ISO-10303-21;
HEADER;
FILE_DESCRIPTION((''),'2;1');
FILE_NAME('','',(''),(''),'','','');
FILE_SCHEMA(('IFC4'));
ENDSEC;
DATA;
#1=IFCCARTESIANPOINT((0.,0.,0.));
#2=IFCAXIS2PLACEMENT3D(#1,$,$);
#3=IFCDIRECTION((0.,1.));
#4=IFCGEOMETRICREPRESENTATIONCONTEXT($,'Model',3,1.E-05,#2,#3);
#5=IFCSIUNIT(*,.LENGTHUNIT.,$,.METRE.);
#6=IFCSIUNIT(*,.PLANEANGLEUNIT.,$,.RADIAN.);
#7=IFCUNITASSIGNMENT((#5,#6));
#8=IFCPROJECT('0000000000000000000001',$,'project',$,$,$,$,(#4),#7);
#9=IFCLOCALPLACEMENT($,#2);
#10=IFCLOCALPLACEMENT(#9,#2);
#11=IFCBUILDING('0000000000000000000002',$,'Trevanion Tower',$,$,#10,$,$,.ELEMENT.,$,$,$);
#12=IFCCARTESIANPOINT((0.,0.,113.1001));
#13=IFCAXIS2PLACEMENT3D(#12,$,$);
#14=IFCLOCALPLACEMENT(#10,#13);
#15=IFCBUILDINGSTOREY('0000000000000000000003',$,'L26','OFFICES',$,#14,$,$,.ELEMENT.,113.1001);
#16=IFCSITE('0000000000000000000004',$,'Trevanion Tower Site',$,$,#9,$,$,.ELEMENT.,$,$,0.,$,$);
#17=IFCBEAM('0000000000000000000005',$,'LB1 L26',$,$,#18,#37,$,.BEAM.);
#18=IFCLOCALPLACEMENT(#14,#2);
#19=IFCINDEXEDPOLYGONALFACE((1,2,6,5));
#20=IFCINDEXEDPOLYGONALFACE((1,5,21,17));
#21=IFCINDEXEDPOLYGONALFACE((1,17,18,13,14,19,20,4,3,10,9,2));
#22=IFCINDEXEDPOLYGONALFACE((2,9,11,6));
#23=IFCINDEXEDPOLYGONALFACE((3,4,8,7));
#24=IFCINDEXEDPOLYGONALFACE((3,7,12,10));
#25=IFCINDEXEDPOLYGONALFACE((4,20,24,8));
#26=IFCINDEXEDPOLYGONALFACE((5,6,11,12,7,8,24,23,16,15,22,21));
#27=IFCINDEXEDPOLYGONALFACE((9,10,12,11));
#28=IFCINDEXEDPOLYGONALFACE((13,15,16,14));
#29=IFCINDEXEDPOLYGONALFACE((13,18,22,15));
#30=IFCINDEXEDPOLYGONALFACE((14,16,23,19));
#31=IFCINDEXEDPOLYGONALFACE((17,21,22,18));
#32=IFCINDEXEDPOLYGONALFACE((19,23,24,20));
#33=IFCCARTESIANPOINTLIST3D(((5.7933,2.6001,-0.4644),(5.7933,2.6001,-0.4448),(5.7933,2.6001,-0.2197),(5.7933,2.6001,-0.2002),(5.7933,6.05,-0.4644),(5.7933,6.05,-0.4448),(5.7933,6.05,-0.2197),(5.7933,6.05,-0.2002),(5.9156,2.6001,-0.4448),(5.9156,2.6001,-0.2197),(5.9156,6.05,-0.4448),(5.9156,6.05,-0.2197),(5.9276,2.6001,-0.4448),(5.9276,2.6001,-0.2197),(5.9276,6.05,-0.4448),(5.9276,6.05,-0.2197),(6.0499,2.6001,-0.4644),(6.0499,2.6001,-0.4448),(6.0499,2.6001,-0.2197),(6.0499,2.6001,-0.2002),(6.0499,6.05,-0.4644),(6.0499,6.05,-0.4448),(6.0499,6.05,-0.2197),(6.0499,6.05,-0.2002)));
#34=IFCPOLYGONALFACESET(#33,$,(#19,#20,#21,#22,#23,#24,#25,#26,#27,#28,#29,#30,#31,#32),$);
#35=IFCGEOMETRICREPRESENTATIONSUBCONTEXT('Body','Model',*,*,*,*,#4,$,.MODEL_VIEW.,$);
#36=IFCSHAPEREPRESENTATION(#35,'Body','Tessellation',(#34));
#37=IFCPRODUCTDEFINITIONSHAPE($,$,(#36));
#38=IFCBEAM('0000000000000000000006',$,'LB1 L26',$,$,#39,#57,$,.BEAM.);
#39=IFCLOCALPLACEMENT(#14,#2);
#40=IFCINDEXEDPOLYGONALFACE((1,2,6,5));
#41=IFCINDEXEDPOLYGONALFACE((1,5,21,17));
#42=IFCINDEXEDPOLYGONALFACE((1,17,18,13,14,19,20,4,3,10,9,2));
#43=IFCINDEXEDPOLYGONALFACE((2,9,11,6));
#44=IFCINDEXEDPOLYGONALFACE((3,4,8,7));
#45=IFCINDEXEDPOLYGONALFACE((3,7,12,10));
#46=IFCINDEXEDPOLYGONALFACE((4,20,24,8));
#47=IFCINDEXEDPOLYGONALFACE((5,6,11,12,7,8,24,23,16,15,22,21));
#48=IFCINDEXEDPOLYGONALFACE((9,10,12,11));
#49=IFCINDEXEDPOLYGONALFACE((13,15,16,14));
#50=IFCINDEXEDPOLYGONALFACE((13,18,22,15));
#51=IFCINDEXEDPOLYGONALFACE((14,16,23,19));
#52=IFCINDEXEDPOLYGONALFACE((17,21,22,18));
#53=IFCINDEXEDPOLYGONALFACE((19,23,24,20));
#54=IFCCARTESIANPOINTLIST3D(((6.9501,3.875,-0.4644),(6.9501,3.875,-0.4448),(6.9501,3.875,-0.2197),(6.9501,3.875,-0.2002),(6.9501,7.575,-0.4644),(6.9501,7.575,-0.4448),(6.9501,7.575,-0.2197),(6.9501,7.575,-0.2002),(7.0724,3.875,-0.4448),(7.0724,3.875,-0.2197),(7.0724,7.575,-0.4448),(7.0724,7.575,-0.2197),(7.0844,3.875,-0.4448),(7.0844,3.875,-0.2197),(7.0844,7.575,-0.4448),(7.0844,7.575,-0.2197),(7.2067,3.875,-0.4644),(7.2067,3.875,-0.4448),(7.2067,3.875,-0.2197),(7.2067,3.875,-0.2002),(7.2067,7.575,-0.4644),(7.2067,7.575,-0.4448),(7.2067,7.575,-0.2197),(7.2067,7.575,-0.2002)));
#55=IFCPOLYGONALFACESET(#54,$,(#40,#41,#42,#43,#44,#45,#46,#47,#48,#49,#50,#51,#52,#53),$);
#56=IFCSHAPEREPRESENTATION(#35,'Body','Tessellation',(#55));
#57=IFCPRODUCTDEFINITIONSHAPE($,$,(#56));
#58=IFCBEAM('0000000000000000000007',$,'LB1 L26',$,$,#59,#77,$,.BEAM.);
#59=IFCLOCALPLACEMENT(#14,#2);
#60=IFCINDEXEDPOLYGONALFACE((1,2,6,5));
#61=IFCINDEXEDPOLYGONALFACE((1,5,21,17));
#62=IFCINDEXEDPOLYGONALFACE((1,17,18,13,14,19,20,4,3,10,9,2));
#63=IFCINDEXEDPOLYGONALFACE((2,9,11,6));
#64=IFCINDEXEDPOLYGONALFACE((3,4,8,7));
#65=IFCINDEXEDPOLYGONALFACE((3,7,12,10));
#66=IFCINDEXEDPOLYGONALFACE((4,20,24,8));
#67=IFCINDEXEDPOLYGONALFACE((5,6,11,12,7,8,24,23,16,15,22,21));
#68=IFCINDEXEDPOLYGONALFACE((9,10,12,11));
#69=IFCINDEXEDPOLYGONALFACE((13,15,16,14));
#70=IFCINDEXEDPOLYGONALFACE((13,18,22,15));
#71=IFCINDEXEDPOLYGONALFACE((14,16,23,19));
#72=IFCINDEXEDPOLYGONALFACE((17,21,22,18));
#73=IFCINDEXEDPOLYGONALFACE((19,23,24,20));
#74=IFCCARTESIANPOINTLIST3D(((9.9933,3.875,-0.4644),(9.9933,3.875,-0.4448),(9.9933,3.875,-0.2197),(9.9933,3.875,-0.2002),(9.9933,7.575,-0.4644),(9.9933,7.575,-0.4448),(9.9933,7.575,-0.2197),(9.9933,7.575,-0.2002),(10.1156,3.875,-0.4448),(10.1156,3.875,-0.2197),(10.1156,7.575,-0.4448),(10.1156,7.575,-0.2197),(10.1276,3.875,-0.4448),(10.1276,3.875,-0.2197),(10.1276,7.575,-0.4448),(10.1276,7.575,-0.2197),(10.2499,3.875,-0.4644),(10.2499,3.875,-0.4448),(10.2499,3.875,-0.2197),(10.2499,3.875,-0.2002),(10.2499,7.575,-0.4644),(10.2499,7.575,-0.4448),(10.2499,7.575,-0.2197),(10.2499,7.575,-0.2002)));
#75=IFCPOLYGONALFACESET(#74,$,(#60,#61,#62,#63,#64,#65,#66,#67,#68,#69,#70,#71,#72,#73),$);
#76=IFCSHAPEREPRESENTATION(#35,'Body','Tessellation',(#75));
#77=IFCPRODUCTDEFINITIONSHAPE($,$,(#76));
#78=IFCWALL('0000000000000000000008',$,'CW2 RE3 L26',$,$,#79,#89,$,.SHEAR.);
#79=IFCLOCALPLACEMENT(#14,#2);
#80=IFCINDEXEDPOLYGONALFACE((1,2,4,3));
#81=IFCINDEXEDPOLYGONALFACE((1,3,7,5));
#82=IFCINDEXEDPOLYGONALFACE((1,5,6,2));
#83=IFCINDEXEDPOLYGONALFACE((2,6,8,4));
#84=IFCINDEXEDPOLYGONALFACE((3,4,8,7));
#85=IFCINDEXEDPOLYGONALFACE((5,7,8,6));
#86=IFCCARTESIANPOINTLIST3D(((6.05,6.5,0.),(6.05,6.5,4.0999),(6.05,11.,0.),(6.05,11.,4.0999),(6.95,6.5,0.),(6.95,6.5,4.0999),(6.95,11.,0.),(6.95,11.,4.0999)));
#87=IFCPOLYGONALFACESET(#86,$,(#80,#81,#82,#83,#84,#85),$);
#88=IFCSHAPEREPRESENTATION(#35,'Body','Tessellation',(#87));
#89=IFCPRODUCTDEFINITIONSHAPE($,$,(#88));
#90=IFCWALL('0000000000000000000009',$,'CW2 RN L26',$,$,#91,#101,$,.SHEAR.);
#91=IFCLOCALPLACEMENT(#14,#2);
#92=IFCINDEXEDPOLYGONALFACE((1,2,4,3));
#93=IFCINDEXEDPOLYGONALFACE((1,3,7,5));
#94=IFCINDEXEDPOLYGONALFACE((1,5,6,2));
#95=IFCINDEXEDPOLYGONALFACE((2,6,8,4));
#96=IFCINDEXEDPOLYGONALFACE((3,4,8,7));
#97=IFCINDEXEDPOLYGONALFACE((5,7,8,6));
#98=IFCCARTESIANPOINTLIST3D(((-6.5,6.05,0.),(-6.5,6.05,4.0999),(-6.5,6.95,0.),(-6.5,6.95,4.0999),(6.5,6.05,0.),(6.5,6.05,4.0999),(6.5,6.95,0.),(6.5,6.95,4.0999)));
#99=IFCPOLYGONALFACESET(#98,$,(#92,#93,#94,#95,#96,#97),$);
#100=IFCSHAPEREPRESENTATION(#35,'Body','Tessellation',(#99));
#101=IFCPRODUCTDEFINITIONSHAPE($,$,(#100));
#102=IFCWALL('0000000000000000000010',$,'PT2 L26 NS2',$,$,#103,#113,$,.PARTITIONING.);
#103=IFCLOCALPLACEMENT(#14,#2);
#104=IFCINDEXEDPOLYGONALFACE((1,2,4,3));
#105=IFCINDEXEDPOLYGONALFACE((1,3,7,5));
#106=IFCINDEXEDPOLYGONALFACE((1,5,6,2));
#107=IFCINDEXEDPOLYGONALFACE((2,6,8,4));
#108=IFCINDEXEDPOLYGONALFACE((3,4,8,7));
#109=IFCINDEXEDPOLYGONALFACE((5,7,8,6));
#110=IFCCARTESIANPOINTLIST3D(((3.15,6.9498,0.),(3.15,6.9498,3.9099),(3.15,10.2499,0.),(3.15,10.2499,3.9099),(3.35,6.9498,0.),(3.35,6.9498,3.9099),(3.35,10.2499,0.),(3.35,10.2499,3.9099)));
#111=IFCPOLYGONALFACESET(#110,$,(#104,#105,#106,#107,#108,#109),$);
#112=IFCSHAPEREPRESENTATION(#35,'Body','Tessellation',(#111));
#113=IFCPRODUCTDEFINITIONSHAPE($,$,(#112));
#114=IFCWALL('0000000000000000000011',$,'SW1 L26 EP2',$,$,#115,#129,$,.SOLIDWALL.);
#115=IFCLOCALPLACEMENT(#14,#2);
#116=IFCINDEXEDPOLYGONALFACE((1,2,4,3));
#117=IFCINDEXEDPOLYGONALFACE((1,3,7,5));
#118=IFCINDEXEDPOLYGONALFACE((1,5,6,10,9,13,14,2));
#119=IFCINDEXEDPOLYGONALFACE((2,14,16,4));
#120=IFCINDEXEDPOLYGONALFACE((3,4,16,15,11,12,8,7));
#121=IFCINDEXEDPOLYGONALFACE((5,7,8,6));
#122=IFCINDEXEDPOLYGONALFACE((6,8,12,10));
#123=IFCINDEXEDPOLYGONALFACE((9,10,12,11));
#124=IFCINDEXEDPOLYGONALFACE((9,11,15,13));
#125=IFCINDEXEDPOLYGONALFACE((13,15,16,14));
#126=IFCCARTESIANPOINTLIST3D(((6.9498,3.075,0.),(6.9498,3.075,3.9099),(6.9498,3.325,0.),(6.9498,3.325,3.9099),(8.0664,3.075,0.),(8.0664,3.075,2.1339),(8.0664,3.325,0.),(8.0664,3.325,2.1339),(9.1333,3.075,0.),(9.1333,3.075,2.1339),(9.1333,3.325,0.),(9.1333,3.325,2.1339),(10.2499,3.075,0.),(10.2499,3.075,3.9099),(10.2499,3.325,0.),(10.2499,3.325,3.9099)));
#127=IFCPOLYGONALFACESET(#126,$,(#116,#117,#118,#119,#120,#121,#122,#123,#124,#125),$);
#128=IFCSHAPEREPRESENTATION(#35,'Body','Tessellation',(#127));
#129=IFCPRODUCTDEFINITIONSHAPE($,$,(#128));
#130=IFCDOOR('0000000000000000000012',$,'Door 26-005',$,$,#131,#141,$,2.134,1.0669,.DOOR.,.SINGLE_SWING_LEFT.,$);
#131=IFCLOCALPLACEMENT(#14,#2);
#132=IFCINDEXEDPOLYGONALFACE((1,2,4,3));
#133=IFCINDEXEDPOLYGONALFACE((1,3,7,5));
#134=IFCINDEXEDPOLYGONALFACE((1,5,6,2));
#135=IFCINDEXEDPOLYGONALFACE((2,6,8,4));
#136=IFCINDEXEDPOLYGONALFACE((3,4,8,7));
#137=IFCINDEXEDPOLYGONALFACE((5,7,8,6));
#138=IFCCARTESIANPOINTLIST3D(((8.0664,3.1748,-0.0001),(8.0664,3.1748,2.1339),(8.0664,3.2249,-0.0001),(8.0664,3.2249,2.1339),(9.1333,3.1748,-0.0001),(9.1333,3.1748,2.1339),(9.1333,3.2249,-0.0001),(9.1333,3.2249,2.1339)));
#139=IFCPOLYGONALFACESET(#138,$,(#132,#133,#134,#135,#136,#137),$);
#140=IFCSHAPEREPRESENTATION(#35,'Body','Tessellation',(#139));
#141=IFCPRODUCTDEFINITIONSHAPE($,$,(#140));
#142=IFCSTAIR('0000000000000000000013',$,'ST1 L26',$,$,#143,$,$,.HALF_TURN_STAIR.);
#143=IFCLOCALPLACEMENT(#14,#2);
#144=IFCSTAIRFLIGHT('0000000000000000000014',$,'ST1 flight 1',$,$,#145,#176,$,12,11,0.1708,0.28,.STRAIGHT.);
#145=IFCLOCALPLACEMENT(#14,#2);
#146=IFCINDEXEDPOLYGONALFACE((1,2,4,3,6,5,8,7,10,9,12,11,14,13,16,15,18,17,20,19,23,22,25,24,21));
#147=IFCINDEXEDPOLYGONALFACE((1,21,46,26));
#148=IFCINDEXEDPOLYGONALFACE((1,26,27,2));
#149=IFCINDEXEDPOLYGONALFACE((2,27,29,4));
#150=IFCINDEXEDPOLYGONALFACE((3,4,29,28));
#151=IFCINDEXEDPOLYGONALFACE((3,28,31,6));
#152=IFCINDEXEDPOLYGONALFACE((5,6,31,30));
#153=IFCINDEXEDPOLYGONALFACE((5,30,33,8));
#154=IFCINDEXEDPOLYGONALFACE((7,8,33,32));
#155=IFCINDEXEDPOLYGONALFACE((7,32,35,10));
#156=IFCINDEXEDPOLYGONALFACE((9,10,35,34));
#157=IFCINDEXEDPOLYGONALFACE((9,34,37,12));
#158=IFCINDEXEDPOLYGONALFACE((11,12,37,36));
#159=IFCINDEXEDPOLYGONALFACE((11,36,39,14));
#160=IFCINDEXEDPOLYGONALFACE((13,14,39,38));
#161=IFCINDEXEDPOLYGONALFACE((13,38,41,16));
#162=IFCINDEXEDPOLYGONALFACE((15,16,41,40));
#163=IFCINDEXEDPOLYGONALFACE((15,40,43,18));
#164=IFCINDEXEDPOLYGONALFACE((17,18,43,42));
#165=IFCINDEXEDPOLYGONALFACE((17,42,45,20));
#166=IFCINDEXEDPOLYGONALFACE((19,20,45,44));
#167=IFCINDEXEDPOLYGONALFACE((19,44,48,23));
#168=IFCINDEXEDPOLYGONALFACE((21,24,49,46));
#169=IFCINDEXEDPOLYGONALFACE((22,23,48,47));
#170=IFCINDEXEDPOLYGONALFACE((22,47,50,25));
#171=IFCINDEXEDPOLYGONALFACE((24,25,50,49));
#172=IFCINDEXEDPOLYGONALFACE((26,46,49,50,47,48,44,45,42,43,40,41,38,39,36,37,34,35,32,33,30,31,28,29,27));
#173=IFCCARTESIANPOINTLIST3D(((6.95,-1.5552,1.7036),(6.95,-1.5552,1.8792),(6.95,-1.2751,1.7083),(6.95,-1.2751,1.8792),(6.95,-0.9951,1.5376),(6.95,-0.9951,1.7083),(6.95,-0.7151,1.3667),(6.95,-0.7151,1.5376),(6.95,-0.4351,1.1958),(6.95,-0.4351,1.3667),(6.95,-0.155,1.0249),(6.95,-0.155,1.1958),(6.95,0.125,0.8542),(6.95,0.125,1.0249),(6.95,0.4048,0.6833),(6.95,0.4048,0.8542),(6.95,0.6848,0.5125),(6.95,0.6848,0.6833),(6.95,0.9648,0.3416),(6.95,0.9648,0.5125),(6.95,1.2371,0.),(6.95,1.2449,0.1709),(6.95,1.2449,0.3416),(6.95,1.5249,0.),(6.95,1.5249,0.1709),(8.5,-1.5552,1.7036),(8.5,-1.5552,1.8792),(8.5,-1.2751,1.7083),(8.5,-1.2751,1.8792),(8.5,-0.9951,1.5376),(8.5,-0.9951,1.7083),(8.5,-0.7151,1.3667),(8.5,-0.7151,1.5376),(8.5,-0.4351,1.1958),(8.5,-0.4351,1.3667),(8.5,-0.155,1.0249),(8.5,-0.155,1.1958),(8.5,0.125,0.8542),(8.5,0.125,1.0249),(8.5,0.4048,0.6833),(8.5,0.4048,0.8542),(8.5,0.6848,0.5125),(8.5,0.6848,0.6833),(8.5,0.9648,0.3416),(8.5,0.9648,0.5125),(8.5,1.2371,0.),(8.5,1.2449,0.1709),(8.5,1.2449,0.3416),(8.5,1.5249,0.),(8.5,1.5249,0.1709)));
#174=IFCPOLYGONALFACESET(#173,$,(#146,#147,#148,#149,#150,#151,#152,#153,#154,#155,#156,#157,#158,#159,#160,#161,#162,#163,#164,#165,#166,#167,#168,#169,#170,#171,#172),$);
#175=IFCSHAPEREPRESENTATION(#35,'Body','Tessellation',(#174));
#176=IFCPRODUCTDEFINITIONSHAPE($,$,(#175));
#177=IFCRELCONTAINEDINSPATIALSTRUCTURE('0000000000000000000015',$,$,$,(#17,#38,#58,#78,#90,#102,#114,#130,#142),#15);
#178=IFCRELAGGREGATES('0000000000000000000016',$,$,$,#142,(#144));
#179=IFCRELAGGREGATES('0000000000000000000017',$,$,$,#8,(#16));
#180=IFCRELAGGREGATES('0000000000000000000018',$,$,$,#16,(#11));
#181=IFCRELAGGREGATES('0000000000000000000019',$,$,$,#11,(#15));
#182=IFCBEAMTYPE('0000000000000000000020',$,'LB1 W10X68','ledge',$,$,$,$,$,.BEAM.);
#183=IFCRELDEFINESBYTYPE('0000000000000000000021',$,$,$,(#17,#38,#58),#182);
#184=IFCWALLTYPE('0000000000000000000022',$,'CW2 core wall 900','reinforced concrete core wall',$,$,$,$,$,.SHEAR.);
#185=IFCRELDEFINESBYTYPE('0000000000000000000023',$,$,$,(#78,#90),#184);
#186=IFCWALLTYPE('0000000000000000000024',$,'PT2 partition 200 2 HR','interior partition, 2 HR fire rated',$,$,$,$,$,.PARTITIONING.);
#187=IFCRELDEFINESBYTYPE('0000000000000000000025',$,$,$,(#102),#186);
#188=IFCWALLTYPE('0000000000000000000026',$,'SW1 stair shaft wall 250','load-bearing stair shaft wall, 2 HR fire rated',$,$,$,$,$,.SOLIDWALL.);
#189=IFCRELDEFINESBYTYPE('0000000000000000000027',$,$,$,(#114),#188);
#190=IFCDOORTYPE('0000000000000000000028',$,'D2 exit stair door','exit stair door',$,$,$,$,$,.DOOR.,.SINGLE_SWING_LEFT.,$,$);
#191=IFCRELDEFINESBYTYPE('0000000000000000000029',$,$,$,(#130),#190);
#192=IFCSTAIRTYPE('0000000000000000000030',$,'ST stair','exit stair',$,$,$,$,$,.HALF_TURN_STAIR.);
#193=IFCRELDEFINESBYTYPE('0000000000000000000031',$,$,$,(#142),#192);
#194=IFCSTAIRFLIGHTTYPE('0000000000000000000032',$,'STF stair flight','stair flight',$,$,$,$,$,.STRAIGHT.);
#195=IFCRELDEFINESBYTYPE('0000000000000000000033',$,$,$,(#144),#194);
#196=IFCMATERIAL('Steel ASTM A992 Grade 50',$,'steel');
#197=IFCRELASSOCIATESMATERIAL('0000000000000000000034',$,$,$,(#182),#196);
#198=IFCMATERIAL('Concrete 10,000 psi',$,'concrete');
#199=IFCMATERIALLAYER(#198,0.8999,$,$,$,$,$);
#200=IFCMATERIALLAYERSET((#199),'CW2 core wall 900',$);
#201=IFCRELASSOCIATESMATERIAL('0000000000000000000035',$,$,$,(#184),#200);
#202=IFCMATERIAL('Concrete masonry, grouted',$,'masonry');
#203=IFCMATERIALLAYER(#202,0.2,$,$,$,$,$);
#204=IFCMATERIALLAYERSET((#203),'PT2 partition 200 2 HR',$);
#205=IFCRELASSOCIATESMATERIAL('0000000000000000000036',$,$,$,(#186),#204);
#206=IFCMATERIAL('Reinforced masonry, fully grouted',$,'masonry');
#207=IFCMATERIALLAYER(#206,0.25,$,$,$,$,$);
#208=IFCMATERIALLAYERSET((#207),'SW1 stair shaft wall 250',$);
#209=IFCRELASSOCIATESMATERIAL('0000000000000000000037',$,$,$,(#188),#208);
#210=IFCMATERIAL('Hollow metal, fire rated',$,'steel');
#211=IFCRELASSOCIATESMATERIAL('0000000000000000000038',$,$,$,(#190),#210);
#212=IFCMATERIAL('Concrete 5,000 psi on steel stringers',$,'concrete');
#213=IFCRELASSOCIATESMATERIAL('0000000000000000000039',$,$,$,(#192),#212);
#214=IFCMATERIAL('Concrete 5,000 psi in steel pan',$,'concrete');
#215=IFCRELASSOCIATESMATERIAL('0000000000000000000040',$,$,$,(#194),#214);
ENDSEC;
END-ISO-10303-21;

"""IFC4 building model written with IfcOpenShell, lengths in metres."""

from ifc_helpers import new_model, si_unit, direction, frame, frame_2d, origin, origin_2d, place, context, subcontext, project, spatial, polyline, rectangle, i_section, outline, extrude, material, layer, layer_set, material_profile, profile_set, type_object, element, fill, aggregate, save


model = new_model("IFC4")

# Units and contexts
model_context = context("Model", 3, precision=1e-05, world=origin(), true_north=direction((0.0, 1.0)))
body_context = subcontext(model_context, "Body", "Model", "MODEL_VIEW")
ifc_project = project(units=[si_unit("LENGTHUNIT", "METRE"), si_unit("PLANEANGLEUNIT", "RADIAN")], contexts=[model_context])

# Site, building, storey
site_placement = place(None, origin())
site = spatial("IfcSite", under=ifc_project, at=site_placement, Name="Trevanion Tower Site", CompositionType="ELEMENT", RefElevation=0.0)
building_placement = place(site_placement, origin())
building = spatial("IfcBuilding", under=site, at=building_placement, Name="Trevanion Tower", CompositionType="ELEMENT")
storey_placement = place(building_placement, frame((0.0, 0.0, 113.1001)))
storey = spatial("IfcBuildingStorey", under=building, at=storey_placement, Name="L26", Description="OFFICES", CompositionType="ELEMENT", Elevation=113.1001)

# Beams
ifc_material_1 = material(Name="Steel ASTM A992 Grade 50", Category="steel")
ifc_material_profile = material_profile(ifc_material_1, i_section(OverallWidth=0.2566, OverallDepth=0.2642, WebThickness=0.012, FlangeThickness=0.0195, at=origin_2d()), Name="W10X68")
ifc_profile_set = profile_set([ifc_material_profile], Name="Steel ASTM A992 Grade 50")
beam_type = type_object("IfcBeamType", Name="LB1 W10X68", Description="ledge", PredefinedType="BEAM", material=ifc_profile_set)
beam_placement = place(storey_placement, frame((5.9216, 2.6001, -0.3323), z_axis=(0.0, 1.0, 0.0), x_axis=(-1.0, 0.0, 0.0)))
element("IfcBeam", 1, at=beam_placement, inside=storey, type_object=beam_type, Name="LB1 L26", PredefinedType="BEAM", context=body_context, shape_type="SweptSolid", body=[
    extrude(i_section(OverallWidth=0.2566, OverallDepth=0.2642, WebThickness=0.012, FlangeThickness=0.0195, at=origin_2d()), origin(), (0.0, 0.0, 1.0), 3.45),
])
for number, where, z_axis, x_axis, name in (
    (2, (7.0784, 3.875, -0.3323), (0.0, 1.0, 0.0), (-1.0, 0.0, 0.0), "LB1 L26"),
    (3, (10.1216, 3.875, -0.3323), (0.0, 1.0, 0.0), (-1.0, 0.0, 0.0), "LB1 L26"),
):
    element("IfcBeam", number, at=place(storey_placement, frame(where, z_axis=z_axis, x_axis=x_axis)), inside=storey, type_object=beam_type, Name=name, PredefinedType="BEAM", context=body_context, shape_type="SweptSolid", body=[
        extrude(i_section(OverallWidth=0.2566, OverallDepth=0.2642, WebThickness=0.012, FlangeThickness=0.0195, at=origin_2d()), origin(), (0.0, 0.0, 1.0), 3.7),
    ])

# Walls
ifc_material_2 = material(Name="Concrete 10,000 psi", Category="concrete")
ifc_layer_1 = layer(ifc_material_2, 0.8999)
ifc_layer_set_1 = layer_set([ifc_layer_1], Name="CW2 core wall 900")
wall_type_1 = type_object("IfcWallType", Name="CW2 core wall 900", Description="reinforced concrete core wall", PredefinedType="SHEAR", material=ifc_layer_set_1)
wall_1_placement = place(storey_placement, frame((6.5, 6.5, 0.0), z_axis=(0.0, 0.0, 1.0), x_axis=(0.0, 1.0, 0.0)))
element("IfcWall", 4, at=wall_1_placement, inside=storey, type_object=wall_type_1, Name="CW2 RE3 L26", PredefinedType="SHEAR", context=body_context, shape_type="SweptSolid", body=[
    extrude(rectangle(XDim=4.5, YDim=0.8999, at=frame_2d((2.25, 0.0))), origin(), (0.0, 0.0, 1.0), 4.0999),
])
wall_2_placement = place(storey_placement, frame((6.5, 6.5, 0.0), z_axis=(0.0, 0.0, 1.0), x_axis=(-1.0, 0.0, 0.0)))
element("IfcWall", 5, at=wall_2_placement, inside=storey, type_object=wall_type_1, Name="CW2 RN L26", PredefinedType="SHEAR", context=body_context, shape_type="SweptSolid", body=[
    extrude(rectangle(XDim=13.0, YDim=0.8999, at=frame_2d((6.5, 0.0))), origin(), (0.0, 0.0, 1.0), 4.0999),
])
ifc_material_3 = material(Name="Concrete masonry, grouted", Category="masonry")
ifc_layer_2 = layer(ifc_material_3, 0.2)
ifc_layer_set_2 = layer_set([ifc_layer_2], Name="PT2 partition 200 2 HR")
wall_type_2 = type_object("IfcWallType", Name="PT2 partition 200 2 HR", Description="interior partition, 2 HR fire rated", PredefinedType="PARTITIONING", material=ifc_layer_set_2)
wall_3_placement = place(storey_placement, frame((3.25, 6.95, 0.0), z_axis=(0.0, 0.0, 1.0), x_axis=(0.0, 1.0, 0.0)))
element("IfcWall", 6, at=wall_3_placement, inside=storey, type_object=wall_type_2, Name="PT2 L26 NS2", PredefinedType="PARTITIONING", context=body_context, shape_type="SweptSolid", body=[
    extrude(rectangle(XDim=3.3, YDim=0.2, at=frame_2d((1.6499, 0.0))), origin(), (0.0, 0.0, 1.0), 3.9099),
])

# Wall, opening, door
ifc_material_4 = material(Name="Reinforced masonry, fully grouted", Category="masonry")
ifc_layer_3 = layer(ifc_material_4, 0.25)
ifc_layer_set_3 = layer_set([ifc_layer_3], Name="SW1 stair shaft wall 250")
wall_type_3 = type_object("IfcWallType", Name="SW1 stair shaft wall 250", Description="load-bearing stair shaft wall, 2 HR fire rated", PredefinedType="SOLIDWALL", material=ifc_layer_set_3)
wall_4_placement = place(storey_placement, frame((6.95, 3.2, 0.0), z_axis=(0.0, 0.0, 1.0), x_axis=(1.0, 0.0, 0.0)))
wall_4 = element("IfcWall", 7, at=wall_4_placement, inside=storey, type_object=wall_type_3, Name="SW1 L26 EP2", PredefinedType="SOLIDWALL", context=body_context, shape_type="SweptSolid", body=[
    extrude(rectangle(XDim=3.3, YDim=0.25, at=frame_2d((1.6499, 0.0))), origin(), (0.0, 0.0, 1.0), 3.9099),
])
opening_placement = place(wall_4_placement, frame((1.1165, 0.0, 0.0)))
opening = element("IfcOpeningElement", 8, at=opening_placement, cuts=wall_4, PredefinedType="OPENING", context=body_context, shape_type="SweptSolid", body=[
    extrude(rectangle(XDim=1.0669, YDim=2.134, at=frame_2d((0.5334, 1.0669))), frame((0.0, 0.135, 0.0), z_axis=(0.0, -1.0, 0.0), x_axis=(1.0, 0.0, 0.0)), (0.0, 0.0, 1.0), 0.27),
])
ifc_material_5 = material(Name="Hollow metal, fire rated", Category="steel")
door_type = type_object("IfcDoorType", Name="D2 exit stair door", Description="exit stair door", OperationType="SINGLE_SWING_LEFT", PredefinedType="DOOR", material=ifc_material_5)
door_placement = place(opening_placement, origin())
door = element("IfcDoor", 9, at=door_placement, inside=storey, type_object=door_type, Name="Door 26-005", OperationType="SINGLE_SWING_LEFT", OverallHeight=2.134, OverallWidth=1.0669, PredefinedType="DOOR", context=body_context, shape_type="SweptSolid", body=[
    extrude(rectangle(XDim=1.0669, YDim=2.134, at=frame_2d((0.5334, 1.0669))), frame((0.0, 0.0249, 0.0), z_axis=(0.0, -1.0, 0.0), x_axis=(1.0, 0.0, 0.0)), (0.0, 0.0, 1.0), 0.05),
])
fill(opening, door)

# Stair, stair flight
ifc_material_6 = material(Name="Concrete 5,000 psi on steel stringers", Category="concrete")
stair_type = type_object("IfcStairType", Name="ST stair", Description="exit stair", PredefinedType="HALF_TURN_STAIR", material=ifc_material_6)
stair_placement = place(storey_placement, origin())
stair = element("IfcStair", 10, at=stair_placement, inside=storey, type_object=stair_type, Name="ST1 L26", PredefinedType="HALF_TURN_STAIR")
ifc_material_7 = material(Name="Concrete 5,000 psi in steel pan", Category="concrete")
stair_flight_type = type_object("IfcStairFlightType", Name="STF stair flight", Description="stair flight", PredefinedType="STRAIGHT", material=ifc_material_7)
stair_flight_placement = place(storey_placement, frame((7.7251, 1.5249, 0.0), z_axis=(0.0, 0.0, 1.0), x_axis=(0.0, -1.0, 0.0)))
stair_flight = element("IfcStairFlight", 11, at=stair_flight_placement, type_object=stair_flight_type, Name="ST1 flight 1", NumberOfRisers=12, NumberOfTreads=11, PredefinedType="STRAIGHT", RiserHeight=0.1708, TreadLength=0.28, context=body_context, shape_type="SweptSolid", body=[
    extrude(outline(polyline([(0.0, 0.0), (0.0, 0.1709), (0.28, 0.1709), (0.28, 0.3416), (0.5601, 0.3416), (0.5601, 0.5125), (0.8401, 0.5125), (0.8401, 0.6833), (1.1201, 0.6833), (1.1201, 0.8542), (1.3999, 0.8542), (1.3999, 1.0249), (1.6799, 1.0249), (1.6799, 1.1958), (1.96, 1.1958), (1.96, 1.3667), (2.24, 1.3667), (2.24, 1.5376), (2.52, 1.5376), (2.52, 1.7083), (2.8, 1.7083), (2.8, 1.8792), (3.0801, 1.8792), (3.0801, 2.05), (3.0801, 1.7036), (0.2878, 0.0), (0.0, 0.0)])), frame((0.0, 0.7749, 0.0), z_axis=(0.0, -1.0, 0.0), x_axis=(1.0, 0.0, 0.0)), (0.0, 0.0, 1.0), 1.55),
])
aggregate(stair, [stair_flight])

save(model, "model.ifc")
